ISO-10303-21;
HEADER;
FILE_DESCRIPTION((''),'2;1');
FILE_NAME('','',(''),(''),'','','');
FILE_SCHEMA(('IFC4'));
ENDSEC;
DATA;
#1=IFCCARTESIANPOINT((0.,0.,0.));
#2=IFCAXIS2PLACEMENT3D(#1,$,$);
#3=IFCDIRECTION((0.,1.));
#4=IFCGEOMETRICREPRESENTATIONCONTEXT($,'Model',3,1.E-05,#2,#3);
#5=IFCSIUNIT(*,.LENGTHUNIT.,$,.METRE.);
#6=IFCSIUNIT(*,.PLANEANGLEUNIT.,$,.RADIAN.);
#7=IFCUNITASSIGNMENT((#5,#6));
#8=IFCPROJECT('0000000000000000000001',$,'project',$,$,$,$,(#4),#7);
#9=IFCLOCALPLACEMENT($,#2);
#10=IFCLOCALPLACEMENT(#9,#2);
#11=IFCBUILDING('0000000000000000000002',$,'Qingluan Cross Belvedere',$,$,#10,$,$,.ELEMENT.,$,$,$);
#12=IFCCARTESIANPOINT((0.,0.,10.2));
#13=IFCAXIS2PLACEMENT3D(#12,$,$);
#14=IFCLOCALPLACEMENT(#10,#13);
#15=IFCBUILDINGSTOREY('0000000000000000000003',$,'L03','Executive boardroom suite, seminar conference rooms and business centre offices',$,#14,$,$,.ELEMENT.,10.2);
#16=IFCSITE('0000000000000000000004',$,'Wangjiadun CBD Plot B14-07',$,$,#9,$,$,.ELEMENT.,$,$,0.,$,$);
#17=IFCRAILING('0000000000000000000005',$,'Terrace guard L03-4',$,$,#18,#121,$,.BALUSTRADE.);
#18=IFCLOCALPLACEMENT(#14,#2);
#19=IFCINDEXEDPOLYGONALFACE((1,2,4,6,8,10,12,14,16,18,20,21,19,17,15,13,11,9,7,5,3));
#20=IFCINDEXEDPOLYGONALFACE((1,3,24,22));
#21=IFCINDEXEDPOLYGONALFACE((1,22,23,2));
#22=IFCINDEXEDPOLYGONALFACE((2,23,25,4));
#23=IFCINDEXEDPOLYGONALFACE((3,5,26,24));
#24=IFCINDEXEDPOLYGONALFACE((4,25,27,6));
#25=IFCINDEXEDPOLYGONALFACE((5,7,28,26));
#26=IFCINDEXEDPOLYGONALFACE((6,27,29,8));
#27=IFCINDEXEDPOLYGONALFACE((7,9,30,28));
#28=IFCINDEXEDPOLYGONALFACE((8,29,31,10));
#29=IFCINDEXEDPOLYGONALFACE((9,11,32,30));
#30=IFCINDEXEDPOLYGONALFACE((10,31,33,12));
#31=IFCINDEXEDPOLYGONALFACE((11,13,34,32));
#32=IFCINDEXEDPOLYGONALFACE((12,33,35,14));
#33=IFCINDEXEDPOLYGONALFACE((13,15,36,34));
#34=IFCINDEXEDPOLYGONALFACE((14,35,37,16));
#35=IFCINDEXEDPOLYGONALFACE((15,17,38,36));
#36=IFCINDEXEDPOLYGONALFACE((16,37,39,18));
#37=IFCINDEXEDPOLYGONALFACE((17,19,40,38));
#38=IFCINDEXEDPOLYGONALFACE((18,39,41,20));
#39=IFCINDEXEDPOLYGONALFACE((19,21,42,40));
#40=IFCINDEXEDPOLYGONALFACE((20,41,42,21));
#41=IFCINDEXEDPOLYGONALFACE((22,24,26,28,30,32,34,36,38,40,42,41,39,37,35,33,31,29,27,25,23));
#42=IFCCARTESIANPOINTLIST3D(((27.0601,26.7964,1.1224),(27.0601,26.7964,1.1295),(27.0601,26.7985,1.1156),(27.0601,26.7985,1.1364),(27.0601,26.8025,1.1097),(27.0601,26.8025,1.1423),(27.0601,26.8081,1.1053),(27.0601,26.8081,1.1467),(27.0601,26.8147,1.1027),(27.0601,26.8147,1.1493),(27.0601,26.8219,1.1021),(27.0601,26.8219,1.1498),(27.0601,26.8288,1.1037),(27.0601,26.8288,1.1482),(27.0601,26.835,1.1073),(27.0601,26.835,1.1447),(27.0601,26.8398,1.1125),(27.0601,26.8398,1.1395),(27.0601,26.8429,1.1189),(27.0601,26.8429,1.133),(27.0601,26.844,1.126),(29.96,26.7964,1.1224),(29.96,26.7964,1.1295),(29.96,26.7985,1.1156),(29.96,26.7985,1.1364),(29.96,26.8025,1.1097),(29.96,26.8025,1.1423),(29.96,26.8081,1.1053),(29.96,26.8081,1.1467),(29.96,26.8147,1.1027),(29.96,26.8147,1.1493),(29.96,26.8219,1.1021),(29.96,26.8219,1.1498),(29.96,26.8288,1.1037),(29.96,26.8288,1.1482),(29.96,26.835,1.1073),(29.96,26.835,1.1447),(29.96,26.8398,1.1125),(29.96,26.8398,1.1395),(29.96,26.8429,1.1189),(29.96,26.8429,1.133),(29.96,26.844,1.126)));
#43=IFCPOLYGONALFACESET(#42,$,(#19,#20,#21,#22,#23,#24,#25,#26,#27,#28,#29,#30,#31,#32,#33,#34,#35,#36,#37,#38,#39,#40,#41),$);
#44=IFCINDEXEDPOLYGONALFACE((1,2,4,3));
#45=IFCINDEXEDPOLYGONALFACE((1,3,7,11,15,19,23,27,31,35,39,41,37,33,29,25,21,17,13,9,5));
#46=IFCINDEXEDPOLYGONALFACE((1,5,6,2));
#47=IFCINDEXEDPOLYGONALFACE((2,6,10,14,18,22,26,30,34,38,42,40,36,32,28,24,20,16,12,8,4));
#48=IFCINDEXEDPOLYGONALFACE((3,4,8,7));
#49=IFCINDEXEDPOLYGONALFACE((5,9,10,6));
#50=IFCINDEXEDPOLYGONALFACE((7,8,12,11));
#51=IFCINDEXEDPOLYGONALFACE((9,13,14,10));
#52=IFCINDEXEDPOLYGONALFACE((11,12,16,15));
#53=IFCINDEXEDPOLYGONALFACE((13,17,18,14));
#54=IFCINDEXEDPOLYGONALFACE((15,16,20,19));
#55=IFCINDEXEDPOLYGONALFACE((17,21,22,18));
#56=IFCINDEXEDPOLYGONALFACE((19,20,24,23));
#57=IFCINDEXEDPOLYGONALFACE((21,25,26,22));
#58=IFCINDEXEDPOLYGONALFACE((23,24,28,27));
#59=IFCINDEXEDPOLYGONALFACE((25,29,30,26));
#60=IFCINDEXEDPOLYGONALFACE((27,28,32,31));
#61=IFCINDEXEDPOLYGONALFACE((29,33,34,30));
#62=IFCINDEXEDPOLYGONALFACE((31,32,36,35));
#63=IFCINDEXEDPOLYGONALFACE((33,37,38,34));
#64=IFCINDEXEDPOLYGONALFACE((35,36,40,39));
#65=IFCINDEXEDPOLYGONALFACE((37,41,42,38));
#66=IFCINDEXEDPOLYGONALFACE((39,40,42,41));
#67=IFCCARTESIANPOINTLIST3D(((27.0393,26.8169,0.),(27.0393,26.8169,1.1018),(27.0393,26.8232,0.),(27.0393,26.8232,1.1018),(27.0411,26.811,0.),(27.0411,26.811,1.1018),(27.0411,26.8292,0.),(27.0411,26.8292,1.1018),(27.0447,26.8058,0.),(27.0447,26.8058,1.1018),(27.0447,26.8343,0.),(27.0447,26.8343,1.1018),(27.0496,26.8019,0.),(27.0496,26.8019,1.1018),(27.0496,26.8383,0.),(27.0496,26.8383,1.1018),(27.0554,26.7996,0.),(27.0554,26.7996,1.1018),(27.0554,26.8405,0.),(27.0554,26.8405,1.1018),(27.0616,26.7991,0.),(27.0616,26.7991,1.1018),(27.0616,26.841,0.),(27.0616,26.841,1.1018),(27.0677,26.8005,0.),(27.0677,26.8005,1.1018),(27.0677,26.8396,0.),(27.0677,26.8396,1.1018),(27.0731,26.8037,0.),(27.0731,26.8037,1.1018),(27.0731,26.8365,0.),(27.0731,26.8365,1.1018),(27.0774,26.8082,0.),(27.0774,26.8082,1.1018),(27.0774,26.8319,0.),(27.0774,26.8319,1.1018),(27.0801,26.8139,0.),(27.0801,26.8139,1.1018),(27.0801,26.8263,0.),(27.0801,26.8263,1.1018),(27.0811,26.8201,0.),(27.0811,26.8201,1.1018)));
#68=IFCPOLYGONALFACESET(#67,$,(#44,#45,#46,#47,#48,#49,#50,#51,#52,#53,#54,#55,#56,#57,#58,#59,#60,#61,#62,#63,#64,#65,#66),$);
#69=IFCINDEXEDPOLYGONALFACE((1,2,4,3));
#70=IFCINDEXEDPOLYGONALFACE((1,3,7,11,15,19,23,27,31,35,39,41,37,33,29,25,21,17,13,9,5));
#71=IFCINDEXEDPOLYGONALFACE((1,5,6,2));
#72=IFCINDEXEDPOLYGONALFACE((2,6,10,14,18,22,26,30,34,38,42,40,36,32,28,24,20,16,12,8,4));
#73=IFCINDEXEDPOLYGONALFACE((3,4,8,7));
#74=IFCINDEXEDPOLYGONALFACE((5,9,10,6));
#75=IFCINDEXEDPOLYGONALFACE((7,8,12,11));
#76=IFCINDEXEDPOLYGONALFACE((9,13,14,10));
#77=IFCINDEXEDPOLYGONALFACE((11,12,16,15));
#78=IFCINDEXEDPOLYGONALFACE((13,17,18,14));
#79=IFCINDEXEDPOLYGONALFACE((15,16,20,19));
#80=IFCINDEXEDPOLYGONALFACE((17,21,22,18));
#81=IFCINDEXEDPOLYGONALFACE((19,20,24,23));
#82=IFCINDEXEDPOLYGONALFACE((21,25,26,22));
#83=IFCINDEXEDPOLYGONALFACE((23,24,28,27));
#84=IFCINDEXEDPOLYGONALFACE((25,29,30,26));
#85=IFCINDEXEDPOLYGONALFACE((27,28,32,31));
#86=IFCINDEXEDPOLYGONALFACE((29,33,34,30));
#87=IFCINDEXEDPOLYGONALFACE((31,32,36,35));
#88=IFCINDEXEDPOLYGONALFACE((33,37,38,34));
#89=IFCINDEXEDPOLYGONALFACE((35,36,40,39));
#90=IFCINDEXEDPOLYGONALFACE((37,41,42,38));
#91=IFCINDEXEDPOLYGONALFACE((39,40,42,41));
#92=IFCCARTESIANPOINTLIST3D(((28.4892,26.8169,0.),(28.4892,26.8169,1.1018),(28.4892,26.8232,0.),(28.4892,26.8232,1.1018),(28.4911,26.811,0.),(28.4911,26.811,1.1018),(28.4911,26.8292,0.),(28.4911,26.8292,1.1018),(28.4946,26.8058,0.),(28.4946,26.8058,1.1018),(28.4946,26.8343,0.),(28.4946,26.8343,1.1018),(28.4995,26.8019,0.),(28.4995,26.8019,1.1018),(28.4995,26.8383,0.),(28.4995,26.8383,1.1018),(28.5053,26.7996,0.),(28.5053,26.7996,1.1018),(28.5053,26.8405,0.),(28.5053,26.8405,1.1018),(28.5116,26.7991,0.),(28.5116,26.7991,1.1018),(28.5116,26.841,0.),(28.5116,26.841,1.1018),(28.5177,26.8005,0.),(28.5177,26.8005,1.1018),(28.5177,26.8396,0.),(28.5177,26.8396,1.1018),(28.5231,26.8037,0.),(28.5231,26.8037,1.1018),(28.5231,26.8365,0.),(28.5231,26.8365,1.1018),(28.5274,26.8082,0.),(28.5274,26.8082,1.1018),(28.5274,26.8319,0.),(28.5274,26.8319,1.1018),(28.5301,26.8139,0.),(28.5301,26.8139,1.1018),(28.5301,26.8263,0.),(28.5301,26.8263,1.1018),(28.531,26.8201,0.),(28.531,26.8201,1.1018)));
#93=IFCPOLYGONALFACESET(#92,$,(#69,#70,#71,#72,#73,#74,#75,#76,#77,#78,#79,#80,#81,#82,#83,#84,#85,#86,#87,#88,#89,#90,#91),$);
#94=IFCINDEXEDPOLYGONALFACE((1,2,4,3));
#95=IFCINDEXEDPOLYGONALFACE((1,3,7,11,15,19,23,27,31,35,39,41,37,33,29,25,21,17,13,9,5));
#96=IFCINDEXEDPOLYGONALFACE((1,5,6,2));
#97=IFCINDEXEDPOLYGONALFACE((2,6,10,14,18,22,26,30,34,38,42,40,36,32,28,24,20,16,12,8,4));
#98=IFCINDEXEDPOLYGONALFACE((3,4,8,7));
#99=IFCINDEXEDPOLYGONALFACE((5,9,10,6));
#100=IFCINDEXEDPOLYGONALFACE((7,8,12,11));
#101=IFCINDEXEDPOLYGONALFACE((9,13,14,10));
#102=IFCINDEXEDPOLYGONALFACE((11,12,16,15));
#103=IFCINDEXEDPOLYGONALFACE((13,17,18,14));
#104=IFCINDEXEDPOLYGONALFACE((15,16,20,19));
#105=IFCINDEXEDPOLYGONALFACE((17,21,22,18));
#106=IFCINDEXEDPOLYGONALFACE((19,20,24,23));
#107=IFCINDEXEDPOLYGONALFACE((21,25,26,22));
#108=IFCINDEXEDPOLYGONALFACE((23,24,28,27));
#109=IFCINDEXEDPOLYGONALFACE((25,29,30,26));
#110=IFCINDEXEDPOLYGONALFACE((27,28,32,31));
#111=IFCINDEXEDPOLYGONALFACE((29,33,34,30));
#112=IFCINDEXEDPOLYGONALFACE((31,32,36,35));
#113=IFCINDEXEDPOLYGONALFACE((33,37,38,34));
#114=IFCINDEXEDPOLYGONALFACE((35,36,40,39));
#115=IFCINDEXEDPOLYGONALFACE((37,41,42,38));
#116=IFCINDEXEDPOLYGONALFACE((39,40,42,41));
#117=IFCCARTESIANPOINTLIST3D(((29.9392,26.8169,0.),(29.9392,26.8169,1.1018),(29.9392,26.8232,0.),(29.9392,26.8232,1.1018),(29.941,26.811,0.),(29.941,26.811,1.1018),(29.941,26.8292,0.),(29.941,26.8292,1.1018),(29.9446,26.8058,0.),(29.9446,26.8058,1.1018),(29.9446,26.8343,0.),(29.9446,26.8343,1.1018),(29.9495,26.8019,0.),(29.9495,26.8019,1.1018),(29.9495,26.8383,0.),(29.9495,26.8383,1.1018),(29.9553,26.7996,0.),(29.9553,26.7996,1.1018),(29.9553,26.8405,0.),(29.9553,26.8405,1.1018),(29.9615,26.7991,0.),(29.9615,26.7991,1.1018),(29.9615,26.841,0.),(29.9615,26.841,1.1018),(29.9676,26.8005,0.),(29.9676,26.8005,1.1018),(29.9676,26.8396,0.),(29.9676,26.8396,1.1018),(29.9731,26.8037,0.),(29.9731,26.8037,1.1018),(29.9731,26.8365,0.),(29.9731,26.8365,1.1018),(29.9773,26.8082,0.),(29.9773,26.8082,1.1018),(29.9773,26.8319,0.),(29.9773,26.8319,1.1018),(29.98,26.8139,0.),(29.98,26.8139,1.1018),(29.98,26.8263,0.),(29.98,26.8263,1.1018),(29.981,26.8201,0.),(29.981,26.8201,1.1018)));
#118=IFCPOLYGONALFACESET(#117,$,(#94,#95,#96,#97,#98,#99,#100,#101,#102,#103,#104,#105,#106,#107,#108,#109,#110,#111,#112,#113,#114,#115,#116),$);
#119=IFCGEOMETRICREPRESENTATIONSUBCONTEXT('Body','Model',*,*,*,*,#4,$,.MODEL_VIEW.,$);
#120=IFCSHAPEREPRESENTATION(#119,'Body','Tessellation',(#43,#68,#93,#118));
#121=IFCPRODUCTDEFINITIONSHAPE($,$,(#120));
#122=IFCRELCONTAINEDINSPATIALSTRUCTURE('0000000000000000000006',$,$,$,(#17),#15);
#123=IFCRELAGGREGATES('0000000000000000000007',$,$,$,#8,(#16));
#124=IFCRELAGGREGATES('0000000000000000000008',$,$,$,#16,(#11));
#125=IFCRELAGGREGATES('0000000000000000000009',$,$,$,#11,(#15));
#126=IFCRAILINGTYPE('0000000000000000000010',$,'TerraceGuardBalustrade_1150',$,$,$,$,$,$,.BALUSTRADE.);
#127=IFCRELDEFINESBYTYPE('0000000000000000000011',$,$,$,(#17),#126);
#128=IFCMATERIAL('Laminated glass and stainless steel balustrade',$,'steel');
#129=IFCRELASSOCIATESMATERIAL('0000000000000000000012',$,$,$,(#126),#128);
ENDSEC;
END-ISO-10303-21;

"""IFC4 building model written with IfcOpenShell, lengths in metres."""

from ifc_helpers import new_model, si_unit, direction, frame, origin, origin_2d, place, context, subcontext, project, spatial, circle, extrude, material, type_object, element, save


model = new_model("IFC4")

# Units and contexts
model_context = context("Model", 3, precision=1e-05, world=origin(), true_north=direction((0.0, 1.0)))
body_context = subcontext(model_context, "Body", "Model", "MODEL_VIEW")
ifc_project = project(units=[si_unit("LENGTHUNIT", "METRE"), si_unit("PLANEANGLEUNIT", "RADIAN")], contexts=[model_context])

# Site, building, storey
site_placement = place(None, origin())
site = spatial("IfcSite", under=ifc_project, at=site_placement, Name="Wangjiadun CBD Plot B14-07", CompositionType="ELEMENT", RefElevation=0.0)
building_placement = place(site_placement, origin())
building = spatial("IfcBuilding", under=site, at=building_placement, Name="Qingluan Cross Belvedere", CompositionType="ELEMENT")
storey_placement = place(building_placement, frame((0.0, 0.0, 10.2)))
storey = spatial("IfcBuildingStorey", under=building, at=storey_placement, Name="L03", Description="Executive boardroom suite, seminar conference rooms and business centre offices", CompositionType="ELEMENT", Elevation=10.2)

# Railing
ifc_material_1 = material(Name="Laminated glass and stainless steel balustrade", Category="steel")
railing_type = type_object("IfcRailingType", Name="TerraceGuardBalustrade_1150", PredefinedType="BALUSTRADE", material=ifc_material_1)
railing_1_placement = place(storey_placement, frame((27.0601, 26.8201, 0.0)))
element("IfcRailing", 1, at=railing_1_placement, inside=storey, type_object=railing_type, Name="Terrace guard L03-4", PredefinedType="BALUSTRADE", context=body_context, shape_type="SweptSolid", body=[
    extrude(circle(Radius=0.0239, at=origin_2d()), frame((0.0, 0.0, 1.126), z_axis=(1.0, 0.0, 0.0), x_axis=(0.0, 1.0, 0.0)), (0.0, 0.0, 1.0), 2.8999),
    extrude(circle(Radius=0.021, at=origin_2d()), origin(), (0.0, 0.0, 1.0), 1.1018),
    extrude(circle(Radius=0.021, at=origin_2d()), frame((1.45, 0.0, 0.0)), (0.0, 0.0, 1.0), 1.1018),
    extrude(circle(Radius=0.021, at=origin_2d()), frame((2.8999, 0.0, 0.0)), (0.0, 0.0, 1.0), 1.1018),
])

save(model, "model.ifc")
